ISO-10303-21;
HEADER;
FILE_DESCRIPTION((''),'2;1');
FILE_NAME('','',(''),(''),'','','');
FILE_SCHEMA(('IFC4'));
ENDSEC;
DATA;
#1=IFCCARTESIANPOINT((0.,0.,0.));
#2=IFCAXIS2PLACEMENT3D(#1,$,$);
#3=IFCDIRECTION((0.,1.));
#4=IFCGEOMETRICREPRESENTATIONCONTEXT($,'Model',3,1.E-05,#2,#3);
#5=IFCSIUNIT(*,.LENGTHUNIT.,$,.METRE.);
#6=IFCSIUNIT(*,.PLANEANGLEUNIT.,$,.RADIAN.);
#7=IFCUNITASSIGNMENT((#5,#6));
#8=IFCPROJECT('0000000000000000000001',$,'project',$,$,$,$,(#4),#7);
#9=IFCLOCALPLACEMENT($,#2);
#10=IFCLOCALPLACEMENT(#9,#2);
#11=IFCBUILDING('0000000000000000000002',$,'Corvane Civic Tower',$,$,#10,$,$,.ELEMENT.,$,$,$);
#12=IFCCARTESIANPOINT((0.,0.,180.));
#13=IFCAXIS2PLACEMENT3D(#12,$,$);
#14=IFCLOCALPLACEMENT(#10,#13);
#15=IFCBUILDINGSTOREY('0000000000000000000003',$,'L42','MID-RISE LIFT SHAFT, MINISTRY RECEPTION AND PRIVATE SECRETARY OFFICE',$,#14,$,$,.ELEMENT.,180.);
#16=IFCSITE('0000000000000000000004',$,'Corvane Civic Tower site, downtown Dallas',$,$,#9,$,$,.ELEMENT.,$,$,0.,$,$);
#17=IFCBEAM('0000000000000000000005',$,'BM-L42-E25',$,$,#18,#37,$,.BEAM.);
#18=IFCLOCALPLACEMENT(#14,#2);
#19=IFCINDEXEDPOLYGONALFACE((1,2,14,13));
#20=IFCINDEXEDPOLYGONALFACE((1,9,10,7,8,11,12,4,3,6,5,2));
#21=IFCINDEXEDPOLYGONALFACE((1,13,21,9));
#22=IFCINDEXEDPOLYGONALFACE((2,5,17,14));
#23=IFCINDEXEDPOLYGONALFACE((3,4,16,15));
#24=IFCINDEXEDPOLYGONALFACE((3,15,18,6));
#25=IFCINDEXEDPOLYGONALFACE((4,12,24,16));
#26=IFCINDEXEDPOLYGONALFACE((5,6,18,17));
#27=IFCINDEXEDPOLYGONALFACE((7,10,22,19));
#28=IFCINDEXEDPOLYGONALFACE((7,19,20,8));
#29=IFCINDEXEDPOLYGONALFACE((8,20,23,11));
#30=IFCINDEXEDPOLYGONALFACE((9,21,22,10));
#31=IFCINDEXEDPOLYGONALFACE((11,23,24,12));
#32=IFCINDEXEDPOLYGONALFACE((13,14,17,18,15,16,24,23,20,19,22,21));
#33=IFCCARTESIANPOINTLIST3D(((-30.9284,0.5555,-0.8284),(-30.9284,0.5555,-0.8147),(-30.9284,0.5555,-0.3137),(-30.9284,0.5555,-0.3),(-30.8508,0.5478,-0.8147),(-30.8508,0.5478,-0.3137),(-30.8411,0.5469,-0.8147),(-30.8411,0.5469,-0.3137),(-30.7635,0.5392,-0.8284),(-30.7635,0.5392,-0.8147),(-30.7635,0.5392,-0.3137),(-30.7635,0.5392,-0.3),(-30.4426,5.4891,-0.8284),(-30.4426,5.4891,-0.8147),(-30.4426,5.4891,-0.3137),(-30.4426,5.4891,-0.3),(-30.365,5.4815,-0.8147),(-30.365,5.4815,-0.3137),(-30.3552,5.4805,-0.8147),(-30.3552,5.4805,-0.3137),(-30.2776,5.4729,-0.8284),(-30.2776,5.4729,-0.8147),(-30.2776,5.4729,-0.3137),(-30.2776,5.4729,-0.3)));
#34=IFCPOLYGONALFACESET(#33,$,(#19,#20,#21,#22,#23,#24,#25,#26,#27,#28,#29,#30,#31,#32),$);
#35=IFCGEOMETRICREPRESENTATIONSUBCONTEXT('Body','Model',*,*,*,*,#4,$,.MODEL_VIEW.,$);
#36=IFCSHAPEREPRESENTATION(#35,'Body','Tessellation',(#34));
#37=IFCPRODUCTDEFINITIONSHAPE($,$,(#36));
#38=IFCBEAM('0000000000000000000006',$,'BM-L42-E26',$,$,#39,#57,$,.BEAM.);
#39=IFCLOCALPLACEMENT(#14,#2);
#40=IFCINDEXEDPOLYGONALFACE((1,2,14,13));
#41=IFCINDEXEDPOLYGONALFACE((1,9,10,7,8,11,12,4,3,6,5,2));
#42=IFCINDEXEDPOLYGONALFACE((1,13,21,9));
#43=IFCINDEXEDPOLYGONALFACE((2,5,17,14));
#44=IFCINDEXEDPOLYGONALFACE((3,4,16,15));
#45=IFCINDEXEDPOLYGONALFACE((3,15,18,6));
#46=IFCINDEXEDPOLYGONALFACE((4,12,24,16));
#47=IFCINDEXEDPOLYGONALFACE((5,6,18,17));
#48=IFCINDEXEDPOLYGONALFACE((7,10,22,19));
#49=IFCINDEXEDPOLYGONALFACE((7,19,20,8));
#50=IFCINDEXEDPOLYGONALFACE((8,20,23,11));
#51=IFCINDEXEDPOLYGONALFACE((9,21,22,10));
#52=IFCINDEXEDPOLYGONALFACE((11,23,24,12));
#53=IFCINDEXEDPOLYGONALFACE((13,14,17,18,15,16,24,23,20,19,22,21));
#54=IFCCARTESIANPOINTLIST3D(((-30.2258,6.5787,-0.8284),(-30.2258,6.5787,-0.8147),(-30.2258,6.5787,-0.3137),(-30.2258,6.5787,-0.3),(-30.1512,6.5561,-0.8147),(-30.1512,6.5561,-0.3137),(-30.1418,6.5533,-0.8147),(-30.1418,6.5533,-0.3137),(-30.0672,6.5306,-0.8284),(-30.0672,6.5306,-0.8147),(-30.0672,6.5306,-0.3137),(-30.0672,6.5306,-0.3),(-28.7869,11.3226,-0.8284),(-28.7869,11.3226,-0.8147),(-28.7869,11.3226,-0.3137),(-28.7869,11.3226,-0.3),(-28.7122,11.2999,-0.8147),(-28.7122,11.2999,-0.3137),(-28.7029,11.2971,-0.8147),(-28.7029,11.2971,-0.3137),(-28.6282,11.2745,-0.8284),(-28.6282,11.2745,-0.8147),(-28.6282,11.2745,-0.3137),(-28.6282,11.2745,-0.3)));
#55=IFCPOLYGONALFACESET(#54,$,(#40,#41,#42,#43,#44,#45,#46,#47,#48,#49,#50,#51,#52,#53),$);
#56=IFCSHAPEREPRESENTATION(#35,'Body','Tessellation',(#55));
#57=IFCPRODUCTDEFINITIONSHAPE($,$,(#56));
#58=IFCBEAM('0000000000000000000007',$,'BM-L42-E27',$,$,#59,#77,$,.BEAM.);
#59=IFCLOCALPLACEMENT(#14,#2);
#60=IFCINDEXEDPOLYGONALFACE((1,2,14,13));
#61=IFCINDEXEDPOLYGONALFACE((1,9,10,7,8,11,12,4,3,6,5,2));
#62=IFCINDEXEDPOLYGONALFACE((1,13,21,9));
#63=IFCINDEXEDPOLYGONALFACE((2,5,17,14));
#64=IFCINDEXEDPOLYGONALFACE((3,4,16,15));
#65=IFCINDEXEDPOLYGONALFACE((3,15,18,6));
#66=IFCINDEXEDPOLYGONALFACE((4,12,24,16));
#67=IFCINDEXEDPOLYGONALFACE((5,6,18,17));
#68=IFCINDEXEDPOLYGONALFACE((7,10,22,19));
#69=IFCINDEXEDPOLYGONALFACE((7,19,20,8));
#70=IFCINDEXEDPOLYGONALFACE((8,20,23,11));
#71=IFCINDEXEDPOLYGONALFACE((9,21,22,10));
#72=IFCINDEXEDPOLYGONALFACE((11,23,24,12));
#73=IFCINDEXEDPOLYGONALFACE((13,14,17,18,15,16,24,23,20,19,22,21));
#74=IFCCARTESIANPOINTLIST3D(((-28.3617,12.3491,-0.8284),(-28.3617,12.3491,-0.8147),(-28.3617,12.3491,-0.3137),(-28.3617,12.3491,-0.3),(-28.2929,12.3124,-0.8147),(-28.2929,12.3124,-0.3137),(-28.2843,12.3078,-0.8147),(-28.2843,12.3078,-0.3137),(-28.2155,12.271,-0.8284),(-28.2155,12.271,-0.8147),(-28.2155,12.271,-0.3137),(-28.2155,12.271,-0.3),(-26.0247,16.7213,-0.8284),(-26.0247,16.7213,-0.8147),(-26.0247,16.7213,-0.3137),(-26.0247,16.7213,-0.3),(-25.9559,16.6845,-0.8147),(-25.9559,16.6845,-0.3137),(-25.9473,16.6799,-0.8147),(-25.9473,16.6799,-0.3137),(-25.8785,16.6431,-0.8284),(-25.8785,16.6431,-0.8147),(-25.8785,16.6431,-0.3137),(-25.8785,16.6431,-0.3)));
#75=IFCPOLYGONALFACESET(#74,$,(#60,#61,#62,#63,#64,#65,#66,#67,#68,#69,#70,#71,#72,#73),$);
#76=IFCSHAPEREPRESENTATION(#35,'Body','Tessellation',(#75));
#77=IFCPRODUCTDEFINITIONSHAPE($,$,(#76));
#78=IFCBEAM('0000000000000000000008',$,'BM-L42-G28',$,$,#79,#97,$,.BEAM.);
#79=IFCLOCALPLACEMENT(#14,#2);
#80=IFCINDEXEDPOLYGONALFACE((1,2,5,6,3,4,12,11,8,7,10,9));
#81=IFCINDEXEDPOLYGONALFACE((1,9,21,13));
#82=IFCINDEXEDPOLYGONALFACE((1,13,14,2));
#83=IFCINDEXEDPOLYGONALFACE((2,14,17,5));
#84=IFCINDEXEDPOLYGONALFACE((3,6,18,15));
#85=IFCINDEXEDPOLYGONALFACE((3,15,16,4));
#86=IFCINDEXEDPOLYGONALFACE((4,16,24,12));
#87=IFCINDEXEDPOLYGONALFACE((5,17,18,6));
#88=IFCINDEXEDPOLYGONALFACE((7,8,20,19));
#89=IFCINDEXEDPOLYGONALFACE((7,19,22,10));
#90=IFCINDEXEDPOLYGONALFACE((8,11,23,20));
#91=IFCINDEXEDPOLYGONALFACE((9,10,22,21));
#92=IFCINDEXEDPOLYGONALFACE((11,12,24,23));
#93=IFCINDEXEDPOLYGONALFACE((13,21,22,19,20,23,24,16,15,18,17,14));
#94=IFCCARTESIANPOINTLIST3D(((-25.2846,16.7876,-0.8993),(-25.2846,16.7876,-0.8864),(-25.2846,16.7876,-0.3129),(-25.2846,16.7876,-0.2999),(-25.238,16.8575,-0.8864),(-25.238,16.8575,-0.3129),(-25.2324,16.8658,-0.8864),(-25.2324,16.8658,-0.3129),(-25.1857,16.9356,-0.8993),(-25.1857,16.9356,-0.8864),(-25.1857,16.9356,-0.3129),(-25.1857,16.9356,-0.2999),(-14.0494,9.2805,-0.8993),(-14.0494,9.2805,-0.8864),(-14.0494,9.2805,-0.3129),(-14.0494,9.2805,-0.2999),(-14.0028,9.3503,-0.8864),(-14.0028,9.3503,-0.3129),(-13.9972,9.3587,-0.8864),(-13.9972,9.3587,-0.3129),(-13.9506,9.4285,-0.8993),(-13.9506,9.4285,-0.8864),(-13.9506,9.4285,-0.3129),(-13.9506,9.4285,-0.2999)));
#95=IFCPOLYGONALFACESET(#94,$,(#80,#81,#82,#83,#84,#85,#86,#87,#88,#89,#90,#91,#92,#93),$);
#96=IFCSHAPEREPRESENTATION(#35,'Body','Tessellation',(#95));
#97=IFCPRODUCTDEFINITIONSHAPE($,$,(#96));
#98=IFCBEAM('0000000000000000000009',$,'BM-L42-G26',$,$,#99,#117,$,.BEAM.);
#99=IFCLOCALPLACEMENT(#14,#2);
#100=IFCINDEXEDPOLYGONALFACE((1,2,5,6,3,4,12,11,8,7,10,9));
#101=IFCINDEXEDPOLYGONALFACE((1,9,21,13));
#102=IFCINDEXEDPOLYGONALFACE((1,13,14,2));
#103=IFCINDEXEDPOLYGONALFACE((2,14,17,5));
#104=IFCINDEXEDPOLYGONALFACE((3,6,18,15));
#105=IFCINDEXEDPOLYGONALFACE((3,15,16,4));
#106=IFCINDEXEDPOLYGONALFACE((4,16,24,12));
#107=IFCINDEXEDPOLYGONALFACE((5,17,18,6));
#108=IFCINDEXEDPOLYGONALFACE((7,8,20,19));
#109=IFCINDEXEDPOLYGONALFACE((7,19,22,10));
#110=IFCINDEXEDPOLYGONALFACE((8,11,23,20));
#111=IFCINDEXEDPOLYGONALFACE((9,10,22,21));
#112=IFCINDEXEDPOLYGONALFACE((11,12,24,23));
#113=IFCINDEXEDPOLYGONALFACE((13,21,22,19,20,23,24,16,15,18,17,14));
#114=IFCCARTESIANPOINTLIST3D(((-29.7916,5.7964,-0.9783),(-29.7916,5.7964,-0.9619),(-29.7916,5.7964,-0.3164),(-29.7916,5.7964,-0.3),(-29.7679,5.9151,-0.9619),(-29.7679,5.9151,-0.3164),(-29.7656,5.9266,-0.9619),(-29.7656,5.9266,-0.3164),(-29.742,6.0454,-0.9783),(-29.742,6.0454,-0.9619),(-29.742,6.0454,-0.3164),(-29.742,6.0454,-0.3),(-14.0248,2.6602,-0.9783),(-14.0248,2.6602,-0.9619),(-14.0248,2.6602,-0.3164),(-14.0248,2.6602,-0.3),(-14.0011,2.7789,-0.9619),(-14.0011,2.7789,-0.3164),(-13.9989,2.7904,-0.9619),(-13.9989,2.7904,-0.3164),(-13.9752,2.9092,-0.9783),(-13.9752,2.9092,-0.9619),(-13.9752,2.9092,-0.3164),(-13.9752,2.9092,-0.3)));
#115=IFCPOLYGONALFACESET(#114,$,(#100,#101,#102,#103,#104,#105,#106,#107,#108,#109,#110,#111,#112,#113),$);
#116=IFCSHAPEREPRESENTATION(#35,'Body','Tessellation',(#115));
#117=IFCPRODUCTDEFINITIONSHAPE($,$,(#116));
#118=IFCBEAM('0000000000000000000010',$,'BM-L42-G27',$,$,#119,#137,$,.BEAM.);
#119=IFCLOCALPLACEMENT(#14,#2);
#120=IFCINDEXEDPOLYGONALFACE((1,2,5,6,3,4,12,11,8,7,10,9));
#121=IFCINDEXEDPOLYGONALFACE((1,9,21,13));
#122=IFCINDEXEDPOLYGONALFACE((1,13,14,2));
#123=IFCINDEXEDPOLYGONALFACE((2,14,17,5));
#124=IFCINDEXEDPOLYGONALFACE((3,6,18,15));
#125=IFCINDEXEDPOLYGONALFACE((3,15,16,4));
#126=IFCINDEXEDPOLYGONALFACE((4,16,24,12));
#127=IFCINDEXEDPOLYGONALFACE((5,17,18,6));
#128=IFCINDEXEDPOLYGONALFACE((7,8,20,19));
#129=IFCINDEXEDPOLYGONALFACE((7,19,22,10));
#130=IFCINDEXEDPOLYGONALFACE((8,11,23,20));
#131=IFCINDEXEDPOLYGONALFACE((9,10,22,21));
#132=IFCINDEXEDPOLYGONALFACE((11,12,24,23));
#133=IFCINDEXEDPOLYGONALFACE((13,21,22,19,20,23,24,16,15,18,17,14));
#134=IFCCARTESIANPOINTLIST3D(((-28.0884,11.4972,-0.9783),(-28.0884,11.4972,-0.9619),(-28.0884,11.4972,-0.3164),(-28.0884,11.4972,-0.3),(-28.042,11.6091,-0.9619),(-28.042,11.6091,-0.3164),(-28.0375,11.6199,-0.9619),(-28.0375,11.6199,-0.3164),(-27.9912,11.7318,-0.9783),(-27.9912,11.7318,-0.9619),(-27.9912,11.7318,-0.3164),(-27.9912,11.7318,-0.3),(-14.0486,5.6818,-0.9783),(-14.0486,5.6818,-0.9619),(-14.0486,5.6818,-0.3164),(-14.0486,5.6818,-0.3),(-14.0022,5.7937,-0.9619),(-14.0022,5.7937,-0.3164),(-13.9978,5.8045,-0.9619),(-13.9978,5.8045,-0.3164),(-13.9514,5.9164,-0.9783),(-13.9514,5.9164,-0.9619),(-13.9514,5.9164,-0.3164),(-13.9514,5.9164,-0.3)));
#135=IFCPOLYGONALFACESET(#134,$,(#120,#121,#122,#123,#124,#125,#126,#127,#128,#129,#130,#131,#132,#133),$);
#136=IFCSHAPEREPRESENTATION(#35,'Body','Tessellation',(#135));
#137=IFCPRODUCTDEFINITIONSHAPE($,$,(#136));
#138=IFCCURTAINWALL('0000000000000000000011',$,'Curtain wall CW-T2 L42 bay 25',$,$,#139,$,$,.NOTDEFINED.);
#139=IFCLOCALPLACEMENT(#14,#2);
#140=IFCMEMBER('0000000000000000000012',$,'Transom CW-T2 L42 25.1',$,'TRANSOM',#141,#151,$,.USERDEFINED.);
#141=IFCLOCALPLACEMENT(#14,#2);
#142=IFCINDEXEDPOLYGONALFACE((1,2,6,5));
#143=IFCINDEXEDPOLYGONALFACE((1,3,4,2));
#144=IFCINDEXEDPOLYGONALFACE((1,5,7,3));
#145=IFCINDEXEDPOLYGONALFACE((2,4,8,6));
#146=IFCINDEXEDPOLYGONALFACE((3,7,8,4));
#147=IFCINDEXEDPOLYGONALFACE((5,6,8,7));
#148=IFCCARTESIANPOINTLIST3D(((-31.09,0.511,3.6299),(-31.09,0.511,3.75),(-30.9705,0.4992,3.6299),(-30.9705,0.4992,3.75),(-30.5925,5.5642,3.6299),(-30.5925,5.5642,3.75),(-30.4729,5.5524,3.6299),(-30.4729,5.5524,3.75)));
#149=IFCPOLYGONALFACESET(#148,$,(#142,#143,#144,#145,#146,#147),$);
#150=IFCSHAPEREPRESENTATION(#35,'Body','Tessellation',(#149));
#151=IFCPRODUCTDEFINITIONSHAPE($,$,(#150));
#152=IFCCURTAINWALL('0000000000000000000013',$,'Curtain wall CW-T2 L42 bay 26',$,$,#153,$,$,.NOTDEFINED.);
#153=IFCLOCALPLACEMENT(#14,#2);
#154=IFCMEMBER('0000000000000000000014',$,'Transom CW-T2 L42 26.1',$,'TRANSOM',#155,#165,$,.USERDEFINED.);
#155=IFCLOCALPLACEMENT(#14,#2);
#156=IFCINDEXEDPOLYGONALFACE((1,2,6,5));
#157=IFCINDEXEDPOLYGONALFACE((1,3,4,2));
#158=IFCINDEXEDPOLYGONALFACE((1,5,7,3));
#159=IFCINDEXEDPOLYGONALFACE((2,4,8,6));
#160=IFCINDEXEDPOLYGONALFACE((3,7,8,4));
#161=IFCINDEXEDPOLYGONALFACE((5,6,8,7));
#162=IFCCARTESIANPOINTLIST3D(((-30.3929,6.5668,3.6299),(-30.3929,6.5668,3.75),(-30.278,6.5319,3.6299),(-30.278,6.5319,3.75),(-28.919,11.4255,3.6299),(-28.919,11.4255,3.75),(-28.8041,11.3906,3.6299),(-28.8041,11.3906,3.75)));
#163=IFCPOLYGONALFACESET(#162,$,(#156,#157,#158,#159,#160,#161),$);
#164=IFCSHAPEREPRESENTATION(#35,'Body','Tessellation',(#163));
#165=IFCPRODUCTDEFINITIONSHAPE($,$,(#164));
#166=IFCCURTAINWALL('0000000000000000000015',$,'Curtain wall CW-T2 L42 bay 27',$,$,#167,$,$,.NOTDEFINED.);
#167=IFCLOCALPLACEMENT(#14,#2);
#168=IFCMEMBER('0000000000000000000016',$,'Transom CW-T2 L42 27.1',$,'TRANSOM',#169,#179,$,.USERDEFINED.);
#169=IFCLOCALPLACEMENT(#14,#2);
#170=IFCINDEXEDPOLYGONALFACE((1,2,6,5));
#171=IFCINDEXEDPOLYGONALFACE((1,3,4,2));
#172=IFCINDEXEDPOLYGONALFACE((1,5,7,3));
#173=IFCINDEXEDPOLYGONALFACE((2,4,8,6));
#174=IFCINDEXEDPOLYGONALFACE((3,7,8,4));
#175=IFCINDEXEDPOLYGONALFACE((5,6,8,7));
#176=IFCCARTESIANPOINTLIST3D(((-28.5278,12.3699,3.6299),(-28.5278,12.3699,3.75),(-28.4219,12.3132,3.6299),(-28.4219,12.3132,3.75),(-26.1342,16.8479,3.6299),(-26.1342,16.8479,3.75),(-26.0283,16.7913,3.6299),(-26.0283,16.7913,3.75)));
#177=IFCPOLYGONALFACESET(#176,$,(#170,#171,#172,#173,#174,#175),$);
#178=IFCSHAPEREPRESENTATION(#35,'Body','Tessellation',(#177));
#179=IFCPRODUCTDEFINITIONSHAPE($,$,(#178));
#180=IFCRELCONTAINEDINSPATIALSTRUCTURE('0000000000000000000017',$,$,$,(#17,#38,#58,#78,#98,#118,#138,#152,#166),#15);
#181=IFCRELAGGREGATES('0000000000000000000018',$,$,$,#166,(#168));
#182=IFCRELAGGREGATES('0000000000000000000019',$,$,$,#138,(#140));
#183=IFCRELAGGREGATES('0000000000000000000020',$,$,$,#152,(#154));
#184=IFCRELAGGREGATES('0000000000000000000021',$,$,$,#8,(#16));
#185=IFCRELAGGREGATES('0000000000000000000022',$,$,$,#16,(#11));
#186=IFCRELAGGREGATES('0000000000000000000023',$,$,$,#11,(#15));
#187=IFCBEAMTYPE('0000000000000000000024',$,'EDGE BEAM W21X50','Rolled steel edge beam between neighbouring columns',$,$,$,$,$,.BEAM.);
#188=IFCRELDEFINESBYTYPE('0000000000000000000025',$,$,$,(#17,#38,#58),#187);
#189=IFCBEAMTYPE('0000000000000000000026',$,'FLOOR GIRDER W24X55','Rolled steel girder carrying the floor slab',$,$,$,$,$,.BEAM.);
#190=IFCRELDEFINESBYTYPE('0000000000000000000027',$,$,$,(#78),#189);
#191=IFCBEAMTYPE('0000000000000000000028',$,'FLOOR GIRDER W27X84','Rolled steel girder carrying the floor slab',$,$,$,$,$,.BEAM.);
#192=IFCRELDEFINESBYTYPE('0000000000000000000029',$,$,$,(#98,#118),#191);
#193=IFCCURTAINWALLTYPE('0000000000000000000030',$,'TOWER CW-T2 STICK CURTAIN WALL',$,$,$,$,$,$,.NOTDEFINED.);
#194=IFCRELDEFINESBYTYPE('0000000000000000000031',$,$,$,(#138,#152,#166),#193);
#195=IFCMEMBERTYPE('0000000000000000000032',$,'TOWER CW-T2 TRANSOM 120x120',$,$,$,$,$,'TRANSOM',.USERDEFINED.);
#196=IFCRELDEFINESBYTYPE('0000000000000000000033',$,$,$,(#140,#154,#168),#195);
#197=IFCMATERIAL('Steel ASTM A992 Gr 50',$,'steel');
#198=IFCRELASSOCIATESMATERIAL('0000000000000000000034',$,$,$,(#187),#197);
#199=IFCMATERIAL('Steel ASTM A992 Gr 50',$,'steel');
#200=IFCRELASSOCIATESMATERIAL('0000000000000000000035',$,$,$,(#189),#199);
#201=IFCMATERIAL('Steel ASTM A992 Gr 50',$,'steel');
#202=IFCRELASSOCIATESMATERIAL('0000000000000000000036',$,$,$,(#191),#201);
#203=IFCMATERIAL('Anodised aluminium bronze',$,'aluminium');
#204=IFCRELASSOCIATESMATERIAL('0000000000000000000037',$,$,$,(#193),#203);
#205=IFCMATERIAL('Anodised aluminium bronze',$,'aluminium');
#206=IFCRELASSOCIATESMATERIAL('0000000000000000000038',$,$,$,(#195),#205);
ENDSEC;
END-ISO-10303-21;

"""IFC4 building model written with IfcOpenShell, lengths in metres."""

from ifc_helpers import new_model, si_unit, direction, frame, origin, origin_2d, place, context, subcontext, project, spatial, rectangle, i_section, extrude, material, material_profile, profile_set, type_object, element, aggregate, save


model = new_model("IFC4")

# Units and contexts
model_context = context("Model", 3, precision=1e-05, world=origin(), true_north=direction((0.0, 1.0)))
body_context = subcontext(model_context, "Body", "Model", "MODEL_VIEW")
ifc_project = project(units=[si_unit("LENGTHUNIT", "METRE"), si_unit("PLANEANGLEUNIT", "RADIAN")], contexts=[model_context])

# Site, building, storey
site_placement = place(None, origin())
site = spatial("IfcSite", under=ifc_project, at=site_placement, Name="Corvane Civic Tower site, downtown Dallas", CompositionType="ELEMENT", RefElevation=0.0)
building_placement = place(site_placement, origin())
building = spatial("IfcBuilding", under=site, at=building_placement, Name="Corvane Civic Tower", CompositionType="ELEMENT")
storey_placement = place(building_placement, frame((0.0, 0.0, 180.0)))
storey = spatial("IfcBuildingStorey", under=building, at=storey_placement, Name="L42", Description="MID-RISE LIFT SHAFT, MINISTRY RECEPTION AND PRIVATE SECRETARY OFFICE", CompositionType="ELEMENT", Elevation=180.0)

# Beams
ifc_material_1 = material(Name="Steel ASTM A992 Gr 50", Category="steel")
ifc_material_profile_1 = material_profile(ifc_material_1, i_section(OverallWidth=0.1658, OverallDepth=0.5283, WebThickness=0.0098, FlangeThickness=0.0137, at=origin_2d()), Name="W21X50")
ifc_profile_set_1 = profile_set([ifc_material_profile_1], Name="Steel ASTM A992 Gr 50")
beam_type_1 = type_object("IfcBeamType", Name="EDGE BEAM W21X50", Description="Rolled steel edge beam between neighbouring columns", PredefinedType="BEAM", material=ifc_profile_set_1)
beam_1_placement = place(storey_placement, frame((-30.8459, 0.5474, -0.5642), z_axis=(0.098002, 0.995186, 0.0), x_axis=(-0.995186, 0.098002, 0.0)))
element("IfcBeam", 1, at=beam_1_placement, inside=storey, type_object=beam_type_1, Name="BM-L42-E25", PredefinedType="BEAM", context=body_context, shape_type="SweptSolid", body=[
    extrude(i_section(OverallWidth=0.1658, OverallDepth=0.5283, WebThickness=0.0098, FlangeThickness=0.0137, at=origin_2d()), origin(), (0.0, 0.0, 1.0), 4.9575),
])
beam_2_placement = place(storey_placement, frame((-30.1465, 6.5547, -0.5642), z_axis=(0.29027, 0.956945, 0.0), x_axis=(-0.956945, 0.29027, 0.0)))
element("IfcBeam", 2, at=beam_2_placement, inside=storey, type_object=beam_type_1, Name="BM-L42-E26", PredefinedType="BEAM", context=body_context, shape_type="SweptSolid", body=[
    extrude(i_section(OverallWidth=0.1658, OverallDepth=0.5283, WebThickness=0.0098, FlangeThickness=0.0137, at=origin_2d()), origin(), (0.0, 0.0, 1.0), 4.9573),
])
beam_3_placement = place(storey_placement, frame((-28.2886, 12.3101, -0.5642), z_axis=(0.471396, 0.881922, 0.0), x_axis=(-0.881922, 0.471396, 0.0)))
element("IfcBeam", 3, at=beam_3_placement, inside=storey, type_object=beam_type_1, Name="BM-L42-E27", PredefinedType="BEAM", context=body_context, shape_type="SweptSolid", body=[
    extrude(i_section(OverallWidth=0.1658, OverallDepth=0.5283, WebThickness=0.0098, FlangeThickness=0.0137, at=origin_2d()), origin(), (0.0, 0.0, 1.0), 4.9575),
])
ifc_material_2 = material(Name="Steel ASTM A992 Gr 50", Category="steel")
ifc_material_profile_2 = material_profile(ifc_material_2, i_section(OverallWidth=0.178, OverallDepth=0.5994, WebThickness=0.01, FlangeThickness=0.0129, at=origin_2d()), Name="W24X55")
ifc_profile_set_2 = profile_set([ifc_material_profile_2], Name="Steel ASTM A992 Gr 50")
beam_type_2 = type_object("IfcBeamType", Name="FLOOR GIRDER W24X55", Description="Rolled steel girder carrying the floor slab", PredefinedType="BEAM", material=ifc_profile_set_2)
beam_4_placement = place(storey_placement, frame((-14.0, 9.3545, -0.5996), z_axis=(-0.831469, 0.555571, 0.0), x_axis=(-0.555571, -0.831469, 0.0)))
element("IfcBeam", 4, at=beam_4_placement, inside=storey, type_object=beam_type_2, Name="BM-L42-G28", PredefinedType="BEAM", context=body_context, shape_type="SweptSolid", body=[
    extrude(i_section(OverallWidth=0.178, OverallDepth=0.5994, WebThickness=0.01, FlangeThickness=0.0129, at=origin_2d()), origin(), (0.0, 0.0, 1.0), 13.5125),
])
ifc_material_3 = material(Name="Steel ASTM A992 Gr 50", Category="steel")
ifc_material_profile_3 = material_profile(ifc_material_3, i_section(OverallWidth=0.2539, OverallDepth=0.6782, WebThickness=0.0117, FlangeThickness=0.0164, at=origin_2d()), Name="W27X84")
ifc_profile_set_3 = profile_set([ifc_material_profile_3], Name="Steel ASTM A992 Gr 50")
beam_type_3 = type_object("IfcBeamType", Name="FLOOR GIRDER W27X84", Description="Rolled steel girder carrying the floor slab", PredefinedType="BEAM", material=ifc_profile_set_3)
beam_5_placement = place(storey_placement, frame((-14.0, 2.7847, -0.6392), z_axis=(-0.980785, 0.195091, 0.0), x_axis=(-0.195091, -0.980785, 0.0)))
element("IfcBeam", 5, at=beam_5_placement, inside=storey, type_object=beam_type_3, Name="BM-L42-G26", PredefinedType="BEAM", context=body_context, shape_type="SweptSolid", body=[
    extrude(i_section(OverallWidth=0.2539, OverallDepth=0.6782, WebThickness=0.0117, FlangeThickness=0.0164, at=origin_2d()), origin(), (0.0, 0.0, 1.0), 16.0757),
])
beam_6_placement = place(storey_placement, frame((-14.0, 5.7991, -0.6392), z_axis=(-0.923881, 0.382681, 0.0), x_axis=(-0.382681, -0.923881, 0.0)))
element("IfcBeam", 6, at=beam_6_placement, inside=storey, type_object=beam_type_3, Name="BM-L42-G27", PredefinedType="BEAM", context=body_context, shape_type="SweptSolid", body=[
    extrude(i_section(OverallWidth=0.2539, OverallDepth=0.6782, WebThickness=0.0117, FlangeThickness=0.0164, at=origin_2d()), origin(), (0.0, 0.0, 1.0), 15.1965),
])

# Curtain walls, members
ifc_material_4 = material(Name="Anodised aluminium bronze", Category="aluminium")
curtain_wall_type = type_object("IfcCurtainWallType", Name="TOWER CW-T2 STICK CURTAIN WALL", PredefinedType="NOTDEFINED", material=ifc_material_4)
curtain_wall_1_placement = place(storey_placement, origin())
curtain_wall_1 = element("IfcCurtainWall", 7, at=curtain_wall_1_placement, inside=storey, type_object=curtain_wall_type, Name="Curtain wall CW-T2 L42 bay 25", PredefinedType="NOTDEFINED")
ifc_material_5 = material(Name="Anodised aluminium bronze", Category="aluminium")
ifc_material_profile_4 = material_profile(ifc_material_5, rectangle(XDim=0.1201, YDim=0.1201, at=origin_2d()), Name="TOWER CW-T2 TRANSOM 120x120")
ifc_profile_set_4 = profile_set([ifc_material_profile_4], Name="Anodised aluminium bronze")
member_type = type_object("IfcMemberType", Name="TOWER CW-T2 TRANSOM 120x120", ElementType="TRANSOM", PredefinedType="USERDEFINED", material=ifc_profile_set_4)
member_1_placement = place(storey_placement, frame((-31.0303, 0.5051, 3.6899), z_axis=(0.09799, 0.995187, 0.0), x_axis=(-0.995187, 0.09799, 0.0)))
member_1 = element("IfcMember", 8, at=member_1_placement, type_object=member_type, Name="Transom CW-T2 L42 25.1", ObjectType="TRANSOM", PredefinedType="USERDEFINED", context=body_context, shape_type="SweptSolid", body=[
    extrude(rectangle(XDim=0.1201, YDim=0.1201, at=origin_2d()), origin(), (0.0, 0.0, 1.0), 5.0776),
])
curtain_wall_2_placement = place(storey_placement, origin())
curtain_wall_2 = element("IfcCurtainWall", 9, at=curtain_wall_2_placement, inside=storey, type_object=curtain_wall_type, Name="Curtain wall CW-T2 L42 bay 26", PredefinedType="NOTDEFINED")
member_2_placement = place(storey_placement, frame((-30.3354, 6.5493, 3.6899), z_axis=(0.290289, 0.956939, 0.0), x_axis=(-0.956939, 0.290289, 0.0)))
member_2 = element("IfcMember", 10, at=member_2_placement, type_object=member_type, Name="Transom CW-T2 L42 26.1", ObjectType="TRANSOM", PredefinedType="USERDEFINED", context=body_context, shape_type="SweptSolid", body=[
    extrude(rectangle(XDim=0.1201, YDim=0.1201, at=origin_2d()), origin(), (0.0, 0.0, 1.0), 5.0774),
])
curtain_wall_3_placement = place(storey_placement, origin())
curtain_wall_3 = element("IfcCurtainWall", 11, at=curtain_wall_3_placement, inside=storey, type_object=curtain_wall_type, Name="Curtain wall CW-T2 L42 bay 27", PredefinedType="NOTDEFINED")
member_3_placement = place(storey_placement, frame((-28.4749, 12.3416, 3.6899), z_axis=(0.471397, 0.881921, 0.0), x_axis=(-0.881921, 0.471397, 0.0)))
member_3 = element("IfcMember", 12, at=member_3_placement, type_object=member_type, Name="Transom CW-T2 L42 27.1", ObjectType="TRANSOM", PredefinedType="USERDEFINED", context=body_context, shape_type="SweptSolid", body=[
    extrude(rectangle(XDim=0.1201, YDim=0.1201, at=origin_2d()), origin(), (0.0, 0.0, 1.0), 5.0776),
])
aggregate(curtain_wall_3, [member_3])

aggregate(curtain_wall_1, [member_1])
aggregate(curtain_wall_2, [member_2])

save(model, "model.ifc")
